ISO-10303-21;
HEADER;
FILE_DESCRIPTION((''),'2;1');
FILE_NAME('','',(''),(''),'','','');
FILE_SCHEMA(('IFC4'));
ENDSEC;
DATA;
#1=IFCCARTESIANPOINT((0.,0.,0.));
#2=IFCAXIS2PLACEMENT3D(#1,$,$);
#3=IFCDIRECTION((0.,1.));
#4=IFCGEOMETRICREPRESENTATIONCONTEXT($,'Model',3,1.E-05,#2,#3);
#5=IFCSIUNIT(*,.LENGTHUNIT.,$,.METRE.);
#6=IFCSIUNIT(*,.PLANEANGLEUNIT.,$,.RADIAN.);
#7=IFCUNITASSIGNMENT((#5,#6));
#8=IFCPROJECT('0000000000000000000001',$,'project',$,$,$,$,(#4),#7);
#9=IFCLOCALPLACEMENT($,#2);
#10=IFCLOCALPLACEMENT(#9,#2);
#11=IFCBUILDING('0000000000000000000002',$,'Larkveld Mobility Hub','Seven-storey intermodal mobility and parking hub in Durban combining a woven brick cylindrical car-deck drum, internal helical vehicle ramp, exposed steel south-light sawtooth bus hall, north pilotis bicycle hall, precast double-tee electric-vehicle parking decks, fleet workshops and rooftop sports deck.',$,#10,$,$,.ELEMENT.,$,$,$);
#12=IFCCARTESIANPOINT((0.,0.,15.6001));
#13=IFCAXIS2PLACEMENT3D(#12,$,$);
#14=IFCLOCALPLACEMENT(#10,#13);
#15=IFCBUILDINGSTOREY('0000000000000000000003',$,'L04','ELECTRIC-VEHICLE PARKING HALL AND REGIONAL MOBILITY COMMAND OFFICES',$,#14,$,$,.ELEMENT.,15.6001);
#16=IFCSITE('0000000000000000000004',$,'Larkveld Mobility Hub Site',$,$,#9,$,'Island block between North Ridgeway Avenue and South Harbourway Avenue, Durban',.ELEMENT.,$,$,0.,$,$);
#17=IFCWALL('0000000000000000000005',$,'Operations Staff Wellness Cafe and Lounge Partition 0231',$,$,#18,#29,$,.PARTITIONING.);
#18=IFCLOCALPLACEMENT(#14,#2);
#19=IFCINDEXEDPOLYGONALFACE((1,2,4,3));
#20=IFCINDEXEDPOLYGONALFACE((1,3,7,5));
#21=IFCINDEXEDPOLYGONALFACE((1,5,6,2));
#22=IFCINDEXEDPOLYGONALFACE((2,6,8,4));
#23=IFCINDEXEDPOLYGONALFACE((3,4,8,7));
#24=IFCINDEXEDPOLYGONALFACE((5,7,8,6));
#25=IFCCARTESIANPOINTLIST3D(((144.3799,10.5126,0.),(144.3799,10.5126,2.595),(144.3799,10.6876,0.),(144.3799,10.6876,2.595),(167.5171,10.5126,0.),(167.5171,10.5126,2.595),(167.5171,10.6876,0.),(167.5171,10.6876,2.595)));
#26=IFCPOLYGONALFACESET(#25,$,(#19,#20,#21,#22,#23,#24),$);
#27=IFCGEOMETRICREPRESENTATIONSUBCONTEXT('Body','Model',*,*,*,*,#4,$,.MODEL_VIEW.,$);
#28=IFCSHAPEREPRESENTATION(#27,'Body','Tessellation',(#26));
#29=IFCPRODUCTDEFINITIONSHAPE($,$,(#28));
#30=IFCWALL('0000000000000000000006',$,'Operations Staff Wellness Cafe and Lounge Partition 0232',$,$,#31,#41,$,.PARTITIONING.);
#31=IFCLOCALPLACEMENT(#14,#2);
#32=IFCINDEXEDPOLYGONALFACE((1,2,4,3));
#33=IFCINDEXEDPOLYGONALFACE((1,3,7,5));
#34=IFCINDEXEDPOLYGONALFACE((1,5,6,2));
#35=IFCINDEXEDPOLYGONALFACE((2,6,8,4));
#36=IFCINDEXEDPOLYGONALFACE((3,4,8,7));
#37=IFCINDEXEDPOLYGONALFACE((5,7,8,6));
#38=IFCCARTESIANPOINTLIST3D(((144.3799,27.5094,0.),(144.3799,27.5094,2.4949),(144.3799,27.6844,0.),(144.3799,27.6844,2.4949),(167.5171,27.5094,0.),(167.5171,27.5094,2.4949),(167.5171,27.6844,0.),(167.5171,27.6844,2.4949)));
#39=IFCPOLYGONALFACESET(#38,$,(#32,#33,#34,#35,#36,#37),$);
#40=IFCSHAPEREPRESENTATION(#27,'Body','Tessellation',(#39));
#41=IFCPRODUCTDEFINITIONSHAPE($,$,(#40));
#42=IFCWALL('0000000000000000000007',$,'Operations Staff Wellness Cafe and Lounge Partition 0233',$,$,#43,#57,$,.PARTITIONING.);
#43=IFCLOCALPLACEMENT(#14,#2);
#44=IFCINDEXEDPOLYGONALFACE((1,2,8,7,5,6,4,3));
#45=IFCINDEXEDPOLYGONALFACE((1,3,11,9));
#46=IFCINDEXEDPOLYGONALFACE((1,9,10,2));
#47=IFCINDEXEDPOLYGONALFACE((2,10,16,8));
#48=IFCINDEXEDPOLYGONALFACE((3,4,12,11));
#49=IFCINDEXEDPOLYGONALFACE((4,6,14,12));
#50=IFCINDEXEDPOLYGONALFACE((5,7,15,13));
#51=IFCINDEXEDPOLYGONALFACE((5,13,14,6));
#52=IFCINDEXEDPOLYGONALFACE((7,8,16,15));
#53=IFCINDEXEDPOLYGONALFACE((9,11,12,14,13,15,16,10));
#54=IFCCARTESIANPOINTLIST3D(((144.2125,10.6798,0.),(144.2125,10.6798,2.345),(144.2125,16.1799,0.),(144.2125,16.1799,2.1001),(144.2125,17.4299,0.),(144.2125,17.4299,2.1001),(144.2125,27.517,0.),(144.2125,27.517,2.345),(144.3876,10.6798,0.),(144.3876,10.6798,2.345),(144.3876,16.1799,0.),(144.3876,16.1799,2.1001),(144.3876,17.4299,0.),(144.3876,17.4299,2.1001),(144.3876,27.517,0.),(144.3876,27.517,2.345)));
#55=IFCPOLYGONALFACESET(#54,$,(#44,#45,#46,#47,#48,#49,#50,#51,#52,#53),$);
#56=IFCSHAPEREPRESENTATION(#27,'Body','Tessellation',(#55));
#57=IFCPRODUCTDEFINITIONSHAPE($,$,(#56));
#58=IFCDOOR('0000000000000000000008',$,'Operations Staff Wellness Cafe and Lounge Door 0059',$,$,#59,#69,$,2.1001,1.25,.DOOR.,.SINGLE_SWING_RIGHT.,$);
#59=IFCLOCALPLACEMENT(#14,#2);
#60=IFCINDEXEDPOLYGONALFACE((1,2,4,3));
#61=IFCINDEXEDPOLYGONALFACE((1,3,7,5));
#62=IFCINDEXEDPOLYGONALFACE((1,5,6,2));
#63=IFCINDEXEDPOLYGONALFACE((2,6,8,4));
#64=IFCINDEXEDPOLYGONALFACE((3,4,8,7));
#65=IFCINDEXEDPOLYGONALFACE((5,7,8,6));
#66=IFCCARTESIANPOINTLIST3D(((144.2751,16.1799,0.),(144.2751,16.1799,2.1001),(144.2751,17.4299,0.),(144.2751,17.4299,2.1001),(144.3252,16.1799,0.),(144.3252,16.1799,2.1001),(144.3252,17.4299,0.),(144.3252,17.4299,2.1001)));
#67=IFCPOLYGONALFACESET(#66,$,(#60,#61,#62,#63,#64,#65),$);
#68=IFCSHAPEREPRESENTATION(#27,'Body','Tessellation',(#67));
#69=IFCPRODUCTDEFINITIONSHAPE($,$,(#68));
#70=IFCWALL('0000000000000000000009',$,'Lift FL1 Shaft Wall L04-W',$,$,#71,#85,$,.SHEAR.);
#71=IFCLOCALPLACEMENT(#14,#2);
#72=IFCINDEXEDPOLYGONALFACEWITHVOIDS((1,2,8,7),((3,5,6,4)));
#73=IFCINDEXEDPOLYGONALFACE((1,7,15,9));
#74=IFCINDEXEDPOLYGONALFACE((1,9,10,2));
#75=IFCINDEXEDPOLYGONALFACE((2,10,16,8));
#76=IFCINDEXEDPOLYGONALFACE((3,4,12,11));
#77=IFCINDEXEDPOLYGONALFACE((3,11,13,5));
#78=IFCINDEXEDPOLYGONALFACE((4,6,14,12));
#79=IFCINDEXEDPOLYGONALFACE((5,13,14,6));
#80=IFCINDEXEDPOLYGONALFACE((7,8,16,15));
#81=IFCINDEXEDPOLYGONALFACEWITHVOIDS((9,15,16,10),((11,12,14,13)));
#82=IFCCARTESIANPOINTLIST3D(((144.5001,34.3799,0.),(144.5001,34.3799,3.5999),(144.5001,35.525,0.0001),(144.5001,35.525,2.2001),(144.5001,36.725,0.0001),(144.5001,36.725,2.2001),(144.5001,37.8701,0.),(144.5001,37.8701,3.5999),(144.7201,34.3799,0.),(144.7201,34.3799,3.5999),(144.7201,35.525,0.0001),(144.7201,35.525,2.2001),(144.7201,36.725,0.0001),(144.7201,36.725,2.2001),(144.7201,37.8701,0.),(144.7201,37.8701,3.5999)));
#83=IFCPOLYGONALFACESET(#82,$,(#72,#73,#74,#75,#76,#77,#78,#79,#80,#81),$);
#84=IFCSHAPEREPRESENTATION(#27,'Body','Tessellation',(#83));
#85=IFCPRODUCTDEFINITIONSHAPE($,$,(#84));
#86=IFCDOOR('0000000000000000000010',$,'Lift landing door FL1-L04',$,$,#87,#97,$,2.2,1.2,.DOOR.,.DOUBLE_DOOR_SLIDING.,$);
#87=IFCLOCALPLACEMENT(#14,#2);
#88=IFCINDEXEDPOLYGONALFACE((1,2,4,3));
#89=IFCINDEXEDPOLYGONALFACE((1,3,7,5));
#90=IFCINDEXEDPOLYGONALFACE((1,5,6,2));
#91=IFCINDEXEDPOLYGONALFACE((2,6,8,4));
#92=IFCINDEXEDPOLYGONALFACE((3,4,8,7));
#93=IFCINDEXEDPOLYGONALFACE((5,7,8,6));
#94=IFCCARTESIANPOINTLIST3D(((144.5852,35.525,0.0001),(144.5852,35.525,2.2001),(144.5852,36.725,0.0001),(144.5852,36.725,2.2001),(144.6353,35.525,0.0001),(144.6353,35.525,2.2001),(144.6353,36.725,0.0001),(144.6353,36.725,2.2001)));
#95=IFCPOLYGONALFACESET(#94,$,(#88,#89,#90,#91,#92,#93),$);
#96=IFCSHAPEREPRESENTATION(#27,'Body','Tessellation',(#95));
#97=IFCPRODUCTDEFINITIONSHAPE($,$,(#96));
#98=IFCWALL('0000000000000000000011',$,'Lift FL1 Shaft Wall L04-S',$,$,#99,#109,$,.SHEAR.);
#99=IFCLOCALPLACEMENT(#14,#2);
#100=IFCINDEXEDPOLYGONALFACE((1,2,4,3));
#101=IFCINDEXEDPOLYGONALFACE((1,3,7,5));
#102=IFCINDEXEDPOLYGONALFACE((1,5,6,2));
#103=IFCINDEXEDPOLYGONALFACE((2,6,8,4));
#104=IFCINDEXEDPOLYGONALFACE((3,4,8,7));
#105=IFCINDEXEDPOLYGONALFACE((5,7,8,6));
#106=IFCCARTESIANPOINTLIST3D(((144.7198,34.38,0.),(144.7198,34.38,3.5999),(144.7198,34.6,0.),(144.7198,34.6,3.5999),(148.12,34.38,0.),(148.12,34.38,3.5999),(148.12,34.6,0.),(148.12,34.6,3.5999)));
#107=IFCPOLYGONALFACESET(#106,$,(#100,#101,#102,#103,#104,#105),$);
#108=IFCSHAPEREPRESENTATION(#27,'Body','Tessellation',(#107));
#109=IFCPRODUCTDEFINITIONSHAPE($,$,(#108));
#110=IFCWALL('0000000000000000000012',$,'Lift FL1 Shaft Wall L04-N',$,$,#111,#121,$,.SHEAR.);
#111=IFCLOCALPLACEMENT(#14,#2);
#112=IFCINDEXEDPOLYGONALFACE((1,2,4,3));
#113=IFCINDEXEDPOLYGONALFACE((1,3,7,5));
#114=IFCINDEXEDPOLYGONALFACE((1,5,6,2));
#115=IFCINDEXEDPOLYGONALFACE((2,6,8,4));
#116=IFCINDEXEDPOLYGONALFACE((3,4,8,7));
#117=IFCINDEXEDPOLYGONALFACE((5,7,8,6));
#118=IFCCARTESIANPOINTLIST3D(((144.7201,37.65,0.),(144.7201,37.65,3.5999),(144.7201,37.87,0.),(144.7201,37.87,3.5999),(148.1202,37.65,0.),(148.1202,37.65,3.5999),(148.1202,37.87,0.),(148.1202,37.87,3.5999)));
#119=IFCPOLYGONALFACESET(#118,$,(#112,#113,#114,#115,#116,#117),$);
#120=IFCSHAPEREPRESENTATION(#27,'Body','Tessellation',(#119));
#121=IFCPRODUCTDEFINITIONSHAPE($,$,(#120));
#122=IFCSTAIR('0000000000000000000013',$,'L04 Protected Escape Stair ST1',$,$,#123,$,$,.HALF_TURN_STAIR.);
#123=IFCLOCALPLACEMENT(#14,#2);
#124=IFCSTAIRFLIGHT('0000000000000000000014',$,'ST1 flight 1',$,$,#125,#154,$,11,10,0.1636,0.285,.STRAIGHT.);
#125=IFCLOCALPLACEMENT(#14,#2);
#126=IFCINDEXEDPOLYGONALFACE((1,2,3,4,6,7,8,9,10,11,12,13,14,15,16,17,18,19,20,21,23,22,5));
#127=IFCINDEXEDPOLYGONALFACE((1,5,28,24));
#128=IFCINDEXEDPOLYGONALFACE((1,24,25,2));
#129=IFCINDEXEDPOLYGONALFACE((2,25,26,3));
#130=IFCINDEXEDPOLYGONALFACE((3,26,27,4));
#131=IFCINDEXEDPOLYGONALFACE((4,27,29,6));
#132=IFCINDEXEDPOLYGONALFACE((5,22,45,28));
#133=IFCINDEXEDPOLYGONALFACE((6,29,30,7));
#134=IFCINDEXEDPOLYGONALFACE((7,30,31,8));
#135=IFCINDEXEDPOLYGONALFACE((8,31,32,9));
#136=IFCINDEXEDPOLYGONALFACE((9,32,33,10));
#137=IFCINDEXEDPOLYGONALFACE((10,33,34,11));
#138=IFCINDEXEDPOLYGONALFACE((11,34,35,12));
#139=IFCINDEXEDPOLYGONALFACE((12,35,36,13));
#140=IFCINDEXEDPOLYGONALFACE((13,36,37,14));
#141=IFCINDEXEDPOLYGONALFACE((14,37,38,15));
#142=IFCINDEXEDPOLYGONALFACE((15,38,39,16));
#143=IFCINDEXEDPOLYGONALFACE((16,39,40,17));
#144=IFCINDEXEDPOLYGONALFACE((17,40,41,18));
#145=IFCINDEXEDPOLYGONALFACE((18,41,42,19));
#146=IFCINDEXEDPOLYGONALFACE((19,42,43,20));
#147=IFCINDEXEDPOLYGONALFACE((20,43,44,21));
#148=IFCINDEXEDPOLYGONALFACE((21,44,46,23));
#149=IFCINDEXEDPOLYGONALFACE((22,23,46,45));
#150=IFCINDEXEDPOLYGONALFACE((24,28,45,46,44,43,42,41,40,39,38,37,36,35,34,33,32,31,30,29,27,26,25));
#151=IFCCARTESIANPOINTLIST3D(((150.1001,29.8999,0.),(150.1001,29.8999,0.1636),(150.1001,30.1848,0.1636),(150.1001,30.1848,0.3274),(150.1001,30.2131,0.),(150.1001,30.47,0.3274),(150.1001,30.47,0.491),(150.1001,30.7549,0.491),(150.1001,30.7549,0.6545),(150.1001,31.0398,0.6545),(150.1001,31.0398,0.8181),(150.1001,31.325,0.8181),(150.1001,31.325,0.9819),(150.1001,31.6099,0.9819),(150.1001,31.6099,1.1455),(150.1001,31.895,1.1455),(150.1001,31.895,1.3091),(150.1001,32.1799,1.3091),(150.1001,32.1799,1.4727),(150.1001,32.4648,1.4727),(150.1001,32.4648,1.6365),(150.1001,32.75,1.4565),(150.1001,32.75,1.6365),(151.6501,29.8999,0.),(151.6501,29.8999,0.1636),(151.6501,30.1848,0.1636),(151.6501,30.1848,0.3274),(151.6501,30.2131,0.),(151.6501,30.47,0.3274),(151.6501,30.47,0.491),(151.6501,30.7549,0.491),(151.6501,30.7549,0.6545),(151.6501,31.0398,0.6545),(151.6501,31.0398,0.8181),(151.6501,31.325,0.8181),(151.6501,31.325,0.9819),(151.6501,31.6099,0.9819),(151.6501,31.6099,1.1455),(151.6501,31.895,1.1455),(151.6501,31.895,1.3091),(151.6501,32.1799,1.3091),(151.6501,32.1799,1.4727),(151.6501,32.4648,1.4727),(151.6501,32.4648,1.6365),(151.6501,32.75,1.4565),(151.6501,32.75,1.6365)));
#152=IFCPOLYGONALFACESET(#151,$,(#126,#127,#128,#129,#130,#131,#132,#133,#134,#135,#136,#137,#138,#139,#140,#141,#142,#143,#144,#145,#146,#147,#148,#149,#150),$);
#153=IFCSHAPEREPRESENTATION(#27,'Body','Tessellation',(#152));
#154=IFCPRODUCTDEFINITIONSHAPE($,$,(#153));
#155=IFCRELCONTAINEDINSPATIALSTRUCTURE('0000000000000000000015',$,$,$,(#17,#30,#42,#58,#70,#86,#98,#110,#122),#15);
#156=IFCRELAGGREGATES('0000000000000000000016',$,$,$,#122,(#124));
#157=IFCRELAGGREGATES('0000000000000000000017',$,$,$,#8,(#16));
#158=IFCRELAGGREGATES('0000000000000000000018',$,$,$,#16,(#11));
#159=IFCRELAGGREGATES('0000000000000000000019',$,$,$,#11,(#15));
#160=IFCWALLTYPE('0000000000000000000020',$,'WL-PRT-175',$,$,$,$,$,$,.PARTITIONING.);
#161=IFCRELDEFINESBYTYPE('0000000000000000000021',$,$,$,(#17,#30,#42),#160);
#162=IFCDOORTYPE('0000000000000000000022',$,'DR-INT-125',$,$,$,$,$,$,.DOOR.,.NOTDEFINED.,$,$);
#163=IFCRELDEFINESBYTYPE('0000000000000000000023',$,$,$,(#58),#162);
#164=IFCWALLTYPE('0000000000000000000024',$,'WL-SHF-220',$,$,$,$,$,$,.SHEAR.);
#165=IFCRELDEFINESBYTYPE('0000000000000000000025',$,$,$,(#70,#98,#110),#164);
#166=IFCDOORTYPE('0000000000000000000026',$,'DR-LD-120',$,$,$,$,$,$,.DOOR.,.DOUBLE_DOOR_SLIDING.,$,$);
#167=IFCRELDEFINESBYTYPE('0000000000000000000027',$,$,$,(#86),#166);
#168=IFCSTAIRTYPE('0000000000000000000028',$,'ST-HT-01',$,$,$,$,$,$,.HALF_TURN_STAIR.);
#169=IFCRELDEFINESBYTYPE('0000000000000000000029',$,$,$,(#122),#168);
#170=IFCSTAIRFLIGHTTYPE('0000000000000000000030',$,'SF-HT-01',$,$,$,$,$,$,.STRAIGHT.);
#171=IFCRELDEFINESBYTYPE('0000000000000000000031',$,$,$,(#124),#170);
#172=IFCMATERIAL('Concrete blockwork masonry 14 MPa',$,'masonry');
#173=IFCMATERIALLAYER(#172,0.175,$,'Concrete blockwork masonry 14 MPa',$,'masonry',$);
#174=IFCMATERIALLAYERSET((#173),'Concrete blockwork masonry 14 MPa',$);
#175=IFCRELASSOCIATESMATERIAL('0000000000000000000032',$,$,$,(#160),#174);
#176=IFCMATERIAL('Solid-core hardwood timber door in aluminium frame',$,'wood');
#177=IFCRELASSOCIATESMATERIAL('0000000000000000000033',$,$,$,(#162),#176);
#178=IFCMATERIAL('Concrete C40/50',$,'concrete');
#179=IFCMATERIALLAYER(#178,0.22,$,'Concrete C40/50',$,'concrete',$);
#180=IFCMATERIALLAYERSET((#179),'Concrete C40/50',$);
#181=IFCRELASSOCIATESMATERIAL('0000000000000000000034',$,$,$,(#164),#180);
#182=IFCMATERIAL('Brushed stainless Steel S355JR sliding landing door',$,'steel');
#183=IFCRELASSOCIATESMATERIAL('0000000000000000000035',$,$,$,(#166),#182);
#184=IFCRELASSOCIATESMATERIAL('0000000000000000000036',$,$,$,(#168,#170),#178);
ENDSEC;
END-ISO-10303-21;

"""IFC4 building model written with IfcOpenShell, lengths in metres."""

from ifc_helpers import new_model, si_unit, direction, frame, frame_2d, origin, place, context, subcontext, project, spatial, polyline, rectangle, outline, extrude, material, layer, layer_set, type_object, element, fill, aggregate, save


model = new_model("IFC4")

# Units and contexts
model_context = context("Model", 3, precision=1e-05, world=origin(), true_north=direction((0.0, 1.0)))
body_context = subcontext(model_context, "Body", "Model", "MODEL_VIEW")
ifc_project = project(units=[si_unit("LENGTHUNIT", "METRE"), si_unit("PLANEANGLEUNIT", "RADIAN")], contexts=[model_context])

# Site, building, storey
site_placement = place(None, origin())
site = spatial("IfcSite", under=ifc_project, at=site_placement, Name="Larkveld Mobility Hub Site", LongName="Island block between North Ridgeway Avenue and South Harbourway Avenue, Durban", CompositionType="ELEMENT", RefElevation=0.0)
building_placement = place(site_placement, origin())
building = spatial("IfcBuilding", under=site, at=building_placement, Name="Larkveld Mobility Hub", Description="Seven-storey intermodal mobility and parking hub in Durban combining a woven brick cylindrical car-deck drum, internal helical vehicle ramp, exposed steel south-light sawtooth bus hall, north pilotis bicycle hall, precast double-tee electric-vehicle parking decks, fleet workshops and rooftop sports deck.", CompositionType="ELEMENT")
storey_placement = place(building_placement, frame((0.0, 0.0, 15.6001)))
storey = spatial("IfcBuildingStorey", under=building, at=storey_placement, Name="L04", Description="ELECTRIC-VEHICLE PARKING HALL AND REGIONAL MOBILITY COMMAND OFFICES", CompositionType="ELEMENT", Elevation=15.6001)

# Shared definitions
ifc_material_1 = material(Name="Concrete C40/50", Category="concrete")

# Walls
ifc_material_2 = material(Name="Concrete blockwork masonry 14 MPa", Category="masonry")
ifc_layer_1 = layer(ifc_material_2, 0.175, Name="Concrete blockwork masonry 14 MPa", Category="masonry")
ifc_layer_set_1 = layer_set([ifc_layer_1], Name="Concrete blockwork masonry 14 MPa")
wall_type_1 = type_object("IfcWallType", Name="WL-PRT-175", PredefinedType="PARTITIONING", material=ifc_layer_set_1)
wall_1_placement = place(storey_placement, frame((144.3799, 10.6001, 0.0), z_axis=(0.0, 0.0, 1.0), x_axis=(1.0, 0.0, 0.0)))
element("IfcWall", 1, at=wall_1_placement, inside=storey, type_object=wall_type_1, Name="Operations Staff Wellness Cafe and Lounge Partition 0231", PredefinedType="PARTITIONING", context=body_context, shape_type="SweptSolid", body=[
    extrude(rectangle(XDim=23.1372, YDim=0.175, at=frame_2d((11.5686, 0.0))), origin(), (0.0, 0.0, 1.0), 2.595),
])
wall_2_placement = place(storey_placement, frame((144.3799, 27.5969, 0.0), z_axis=(0.0, 0.0, 1.0), x_axis=(1.0, 0.0, 0.0)))
element("IfcWall", 2, at=wall_2_placement, inside=storey, type_object=wall_type_1, Name="Operations Staff Wellness Cafe and Lounge Partition 0232", PredefinedType="PARTITIONING", context=body_context, shape_type="SweptSolid", body=[
    extrude(rectangle(XDim=23.1372, YDim=0.175, at=frame_2d((11.5686, 0.0))), origin(), (0.0, 0.0, 1.0), 2.4949),
])

# Walls, openings, doors
wall_3_placement = place(storey_placement, frame((144.3, 10.6799, 0.0), z_axis=(0.0, 0.0, 1.0), x_axis=(0.0, 1.0, 0.0)))
wall_3 = element("IfcWall", 3, at=wall_3_placement, inside=storey, type_object=wall_type_1, Name="Operations Staff Wellness Cafe and Lounge Partition 0233", PredefinedType="PARTITIONING", context=body_context, shape_type="SweptSolid", body=[
    extrude(rectangle(XDim=16.8372, YDim=0.175, at=frame_2d((8.4185, 0.0))), origin(), (0.0, 0.0, 1.0), 2.345),
])
opening_1_placement = place(wall_3_placement, frame((5.5, 0.0, 0.0)))
opening_1 = element("IfcOpeningElement", 4, at=opening_1_placement, cuts=wall_3, PredefinedType="OPENING", context=body_context, shape_type="SweptSolid", body=[
    extrude(rectangle(XDim=1.25, YDim=2.1001, at=frame_2d((0.625, 1.05))), frame((0.0, 0.0977, 0.0), z_axis=(0.0, -1.0, 0.0), x_axis=(1.0, 0.0, 0.0)), (0.0, 0.0, 1.0), 0.1951),
])
ifc_material_3 = material(Name="Solid-core hardwood timber door in aluminium frame", Category="wood")
door_type_1 = type_object("IfcDoorType", Name="DR-INT-125", OperationType="NOTDEFINED", PredefinedType="DOOR", material=ifc_material_3)
door_1_placement = place(opening_1_placement, origin())
door_1 = element("IfcDoor", 5, at=door_1_placement, inside=storey, type_object=door_type_1, Name="Operations Staff Wellness Cafe and Lounge Door 0059", OperationType="SINGLE_SWING_RIGHT", OverallHeight=2.1001, OverallWidth=1.25, PredefinedType="DOOR", context=body_context, shape_type="SweptSolid", body=[
    extrude(rectangle(XDim=1.25, YDim=2.1001, at=frame_2d((0.625, 1.05))), frame((0.0, 0.0249, 0.0), z_axis=(0.0, -1.0, 0.0), x_axis=(1.0, 0.0, 0.0)), (0.0, 0.0, 1.0), 0.05),
])
fill(opening_1, door_1)
ifc_layer_2 = layer(ifc_material_1, 0.22, Name="Concrete C40/50", Category="concrete")
ifc_layer_set_2 = layer_set([ifc_layer_2], Name="Concrete C40/50")
wall_type_2 = type_object("IfcWallType", Name="WL-SHF-220", PredefinedType="SHEAR", material=ifc_layer_set_2)
wall_4_placement = place(storey_placement, frame((144.6101, 34.3799, 0.0), z_axis=(0.0, 0.0, 1.0), x_axis=(0.0, 1.0, 0.0)))
wall_4 = element("IfcWall", 6, at=wall_4_placement, inside=storey, type_object=wall_type_2, Name="Lift FL1 Shaft Wall L04-W", PredefinedType="SHEAR", context=body_context, shape_type="SweptSolid", body=[
    extrude(rectangle(XDim=3.4902, YDim=0.22, at=frame_2d((1.7451, 0.0))), origin(), (0.0, 0.0, 1.0), 3.5999),
])
opening_2_placement = place(wall_4_placement, frame((1.145, 0.0, 0.0)))
opening_2 = element("IfcOpeningElement", 7, at=opening_2_placement, cuts=wall_4, PredefinedType="OPENING", context=body_context, shape_type="SweptSolid", body=[
    extrude(rectangle(XDim=1.2, YDim=2.2, at=frame_2d((0.6001, 1.1001))), frame((0.0, 0.1201, 0.0), z_axis=(0.0, -1.0, 0.0), x_axis=(1.0, 0.0, 0.0)), (0.0, 0.0, 1.0), 0.24),
])
ifc_material_4 = material(Name="Brushed stainless Steel S355JR sliding landing door", Category="steel")
door_type_2 = type_object("IfcDoorType", Name="DR-LD-120", OperationType="DOUBLE_DOOR_SLIDING", PredefinedType="DOOR", material=ifc_material_4)
door_2_placement = place(opening_2_placement, origin())
door_2 = element("IfcDoor", 8, at=door_2_placement, inside=storey, type_object=door_type_2, Name="Lift landing door FL1-L04", OperationType="DOUBLE_DOOR_SLIDING", OverallHeight=2.2, OverallWidth=1.2, PredefinedType="DOOR", context=body_context, shape_type="SweptSolid", body=[
    extrude(rectangle(XDim=1.2, YDim=2.2, at=frame_2d((0.6001, 1.1001))), frame((0.0, 0.0249, 0.0), z_axis=(0.0, -1.0, 0.0), x_axis=(1.0, 0.0, 0.0)), (0.0, 0.0, 1.0), 0.05),
])
fill(opening_2, door_2)

# Walls
for number, where, z_axis, x_axis, name in (
    (9, (148.1201, 34.49, 0.0), (0.0, 0.0, 1.0), (-1.0, 0.0, 0.0), "Lift FL1 Shaft Wall L04-S"),
    (10, (144.72, 37.76, 0.0), (0.0, 0.0, 1.0), (1.0, 0.0, 0.0), "Lift FL1 Shaft Wall L04-N"),
):
    element("IfcWall", number, at=place(storey_placement, frame(where, z_axis=z_axis, x_axis=x_axis)), inside=storey, type_object=wall_type_2, Name=name, PredefinedType="SHEAR", context=body_context, shape_type="SweptSolid", body=[
        extrude(rectangle(XDim=3.4001, YDim=0.22, at=frame_2d((1.7002, 0.0))), origin(), (0.0, 0.0, 1.0), 3.5999),
    ])

# Stair, stair flight
stair_type = type_object("IfcStairType", Name="ST-HT-01", PredefinedType="HALF_TURN_STAIR", material=ifc_material_1)
stair_placement = place(storey_placement, origin())
stair = element("IfcStair", 11, at=stair_placement, inside=storey, type_object=stair_type, Name="L04 Protected Escape Stair ST1", PredefinedType="HALF_TURN_STAIR")
stair_flight_type = type_object("IfcStairFlightType", Name="SF-HT-01", PredefinedType="STRAIGHT", material=ifc_material_1)
stair_flight_1_placement = place(storey_placement, frame((150.875, 29.8999, 0.0), z_axis=(0.0, 0.0, 1.0), x_axis=(0.0, 1.0, 0.0)))
stair_flight_1 = element("IfcStairFlight", 12, at=stair_flight_1_placement, type_object=stair_flight_type, Name="ST1 flight 1", NumberOfRisers=11, NumberOfTreads=10, PredefinedType="STRAIGHT", RiserHeight=0.1636, TreadLength=0.285, context=body_context, shape_type="SweptSolid", body=[
    extrude(outline(polyline([(0.0, 0.0), (0.0, 0.1636), (0.2849, 0.1636), (0.2849, 0.3274), (0.5701, 0.3274), (0.5701, 0.491), (0.855, 0.491), (0.855, 0.6545), (1.1399, 0.6545), (1.1399, 0.8181), (1.425, 0.8181), (1.425, 0.9819), (1.71, 0.9819), (1.71, 1.1455), (1.9951, 1.1455), (1.9951, 1.3091), (2.28, 1.3091), (2.28, 1.4727), (2.5649, 1.4727), (2.5649, 1.6365), (2.8501, 1.6365), (2.8501, 1.8), (2.8501, 1.4565), (0.3132, 0.0), (0.0, 0.0)])), frame((0.0, 0.7749, 0.0), z_axis=(0.0, -1.0, 0.0), x_axis=(1.0, 0.0, 0.0)), (0.0, 0.0, 1.0), 1.55),
])
aggregate(stair, [stair_flight_1])

save(model, "model.ifc")
